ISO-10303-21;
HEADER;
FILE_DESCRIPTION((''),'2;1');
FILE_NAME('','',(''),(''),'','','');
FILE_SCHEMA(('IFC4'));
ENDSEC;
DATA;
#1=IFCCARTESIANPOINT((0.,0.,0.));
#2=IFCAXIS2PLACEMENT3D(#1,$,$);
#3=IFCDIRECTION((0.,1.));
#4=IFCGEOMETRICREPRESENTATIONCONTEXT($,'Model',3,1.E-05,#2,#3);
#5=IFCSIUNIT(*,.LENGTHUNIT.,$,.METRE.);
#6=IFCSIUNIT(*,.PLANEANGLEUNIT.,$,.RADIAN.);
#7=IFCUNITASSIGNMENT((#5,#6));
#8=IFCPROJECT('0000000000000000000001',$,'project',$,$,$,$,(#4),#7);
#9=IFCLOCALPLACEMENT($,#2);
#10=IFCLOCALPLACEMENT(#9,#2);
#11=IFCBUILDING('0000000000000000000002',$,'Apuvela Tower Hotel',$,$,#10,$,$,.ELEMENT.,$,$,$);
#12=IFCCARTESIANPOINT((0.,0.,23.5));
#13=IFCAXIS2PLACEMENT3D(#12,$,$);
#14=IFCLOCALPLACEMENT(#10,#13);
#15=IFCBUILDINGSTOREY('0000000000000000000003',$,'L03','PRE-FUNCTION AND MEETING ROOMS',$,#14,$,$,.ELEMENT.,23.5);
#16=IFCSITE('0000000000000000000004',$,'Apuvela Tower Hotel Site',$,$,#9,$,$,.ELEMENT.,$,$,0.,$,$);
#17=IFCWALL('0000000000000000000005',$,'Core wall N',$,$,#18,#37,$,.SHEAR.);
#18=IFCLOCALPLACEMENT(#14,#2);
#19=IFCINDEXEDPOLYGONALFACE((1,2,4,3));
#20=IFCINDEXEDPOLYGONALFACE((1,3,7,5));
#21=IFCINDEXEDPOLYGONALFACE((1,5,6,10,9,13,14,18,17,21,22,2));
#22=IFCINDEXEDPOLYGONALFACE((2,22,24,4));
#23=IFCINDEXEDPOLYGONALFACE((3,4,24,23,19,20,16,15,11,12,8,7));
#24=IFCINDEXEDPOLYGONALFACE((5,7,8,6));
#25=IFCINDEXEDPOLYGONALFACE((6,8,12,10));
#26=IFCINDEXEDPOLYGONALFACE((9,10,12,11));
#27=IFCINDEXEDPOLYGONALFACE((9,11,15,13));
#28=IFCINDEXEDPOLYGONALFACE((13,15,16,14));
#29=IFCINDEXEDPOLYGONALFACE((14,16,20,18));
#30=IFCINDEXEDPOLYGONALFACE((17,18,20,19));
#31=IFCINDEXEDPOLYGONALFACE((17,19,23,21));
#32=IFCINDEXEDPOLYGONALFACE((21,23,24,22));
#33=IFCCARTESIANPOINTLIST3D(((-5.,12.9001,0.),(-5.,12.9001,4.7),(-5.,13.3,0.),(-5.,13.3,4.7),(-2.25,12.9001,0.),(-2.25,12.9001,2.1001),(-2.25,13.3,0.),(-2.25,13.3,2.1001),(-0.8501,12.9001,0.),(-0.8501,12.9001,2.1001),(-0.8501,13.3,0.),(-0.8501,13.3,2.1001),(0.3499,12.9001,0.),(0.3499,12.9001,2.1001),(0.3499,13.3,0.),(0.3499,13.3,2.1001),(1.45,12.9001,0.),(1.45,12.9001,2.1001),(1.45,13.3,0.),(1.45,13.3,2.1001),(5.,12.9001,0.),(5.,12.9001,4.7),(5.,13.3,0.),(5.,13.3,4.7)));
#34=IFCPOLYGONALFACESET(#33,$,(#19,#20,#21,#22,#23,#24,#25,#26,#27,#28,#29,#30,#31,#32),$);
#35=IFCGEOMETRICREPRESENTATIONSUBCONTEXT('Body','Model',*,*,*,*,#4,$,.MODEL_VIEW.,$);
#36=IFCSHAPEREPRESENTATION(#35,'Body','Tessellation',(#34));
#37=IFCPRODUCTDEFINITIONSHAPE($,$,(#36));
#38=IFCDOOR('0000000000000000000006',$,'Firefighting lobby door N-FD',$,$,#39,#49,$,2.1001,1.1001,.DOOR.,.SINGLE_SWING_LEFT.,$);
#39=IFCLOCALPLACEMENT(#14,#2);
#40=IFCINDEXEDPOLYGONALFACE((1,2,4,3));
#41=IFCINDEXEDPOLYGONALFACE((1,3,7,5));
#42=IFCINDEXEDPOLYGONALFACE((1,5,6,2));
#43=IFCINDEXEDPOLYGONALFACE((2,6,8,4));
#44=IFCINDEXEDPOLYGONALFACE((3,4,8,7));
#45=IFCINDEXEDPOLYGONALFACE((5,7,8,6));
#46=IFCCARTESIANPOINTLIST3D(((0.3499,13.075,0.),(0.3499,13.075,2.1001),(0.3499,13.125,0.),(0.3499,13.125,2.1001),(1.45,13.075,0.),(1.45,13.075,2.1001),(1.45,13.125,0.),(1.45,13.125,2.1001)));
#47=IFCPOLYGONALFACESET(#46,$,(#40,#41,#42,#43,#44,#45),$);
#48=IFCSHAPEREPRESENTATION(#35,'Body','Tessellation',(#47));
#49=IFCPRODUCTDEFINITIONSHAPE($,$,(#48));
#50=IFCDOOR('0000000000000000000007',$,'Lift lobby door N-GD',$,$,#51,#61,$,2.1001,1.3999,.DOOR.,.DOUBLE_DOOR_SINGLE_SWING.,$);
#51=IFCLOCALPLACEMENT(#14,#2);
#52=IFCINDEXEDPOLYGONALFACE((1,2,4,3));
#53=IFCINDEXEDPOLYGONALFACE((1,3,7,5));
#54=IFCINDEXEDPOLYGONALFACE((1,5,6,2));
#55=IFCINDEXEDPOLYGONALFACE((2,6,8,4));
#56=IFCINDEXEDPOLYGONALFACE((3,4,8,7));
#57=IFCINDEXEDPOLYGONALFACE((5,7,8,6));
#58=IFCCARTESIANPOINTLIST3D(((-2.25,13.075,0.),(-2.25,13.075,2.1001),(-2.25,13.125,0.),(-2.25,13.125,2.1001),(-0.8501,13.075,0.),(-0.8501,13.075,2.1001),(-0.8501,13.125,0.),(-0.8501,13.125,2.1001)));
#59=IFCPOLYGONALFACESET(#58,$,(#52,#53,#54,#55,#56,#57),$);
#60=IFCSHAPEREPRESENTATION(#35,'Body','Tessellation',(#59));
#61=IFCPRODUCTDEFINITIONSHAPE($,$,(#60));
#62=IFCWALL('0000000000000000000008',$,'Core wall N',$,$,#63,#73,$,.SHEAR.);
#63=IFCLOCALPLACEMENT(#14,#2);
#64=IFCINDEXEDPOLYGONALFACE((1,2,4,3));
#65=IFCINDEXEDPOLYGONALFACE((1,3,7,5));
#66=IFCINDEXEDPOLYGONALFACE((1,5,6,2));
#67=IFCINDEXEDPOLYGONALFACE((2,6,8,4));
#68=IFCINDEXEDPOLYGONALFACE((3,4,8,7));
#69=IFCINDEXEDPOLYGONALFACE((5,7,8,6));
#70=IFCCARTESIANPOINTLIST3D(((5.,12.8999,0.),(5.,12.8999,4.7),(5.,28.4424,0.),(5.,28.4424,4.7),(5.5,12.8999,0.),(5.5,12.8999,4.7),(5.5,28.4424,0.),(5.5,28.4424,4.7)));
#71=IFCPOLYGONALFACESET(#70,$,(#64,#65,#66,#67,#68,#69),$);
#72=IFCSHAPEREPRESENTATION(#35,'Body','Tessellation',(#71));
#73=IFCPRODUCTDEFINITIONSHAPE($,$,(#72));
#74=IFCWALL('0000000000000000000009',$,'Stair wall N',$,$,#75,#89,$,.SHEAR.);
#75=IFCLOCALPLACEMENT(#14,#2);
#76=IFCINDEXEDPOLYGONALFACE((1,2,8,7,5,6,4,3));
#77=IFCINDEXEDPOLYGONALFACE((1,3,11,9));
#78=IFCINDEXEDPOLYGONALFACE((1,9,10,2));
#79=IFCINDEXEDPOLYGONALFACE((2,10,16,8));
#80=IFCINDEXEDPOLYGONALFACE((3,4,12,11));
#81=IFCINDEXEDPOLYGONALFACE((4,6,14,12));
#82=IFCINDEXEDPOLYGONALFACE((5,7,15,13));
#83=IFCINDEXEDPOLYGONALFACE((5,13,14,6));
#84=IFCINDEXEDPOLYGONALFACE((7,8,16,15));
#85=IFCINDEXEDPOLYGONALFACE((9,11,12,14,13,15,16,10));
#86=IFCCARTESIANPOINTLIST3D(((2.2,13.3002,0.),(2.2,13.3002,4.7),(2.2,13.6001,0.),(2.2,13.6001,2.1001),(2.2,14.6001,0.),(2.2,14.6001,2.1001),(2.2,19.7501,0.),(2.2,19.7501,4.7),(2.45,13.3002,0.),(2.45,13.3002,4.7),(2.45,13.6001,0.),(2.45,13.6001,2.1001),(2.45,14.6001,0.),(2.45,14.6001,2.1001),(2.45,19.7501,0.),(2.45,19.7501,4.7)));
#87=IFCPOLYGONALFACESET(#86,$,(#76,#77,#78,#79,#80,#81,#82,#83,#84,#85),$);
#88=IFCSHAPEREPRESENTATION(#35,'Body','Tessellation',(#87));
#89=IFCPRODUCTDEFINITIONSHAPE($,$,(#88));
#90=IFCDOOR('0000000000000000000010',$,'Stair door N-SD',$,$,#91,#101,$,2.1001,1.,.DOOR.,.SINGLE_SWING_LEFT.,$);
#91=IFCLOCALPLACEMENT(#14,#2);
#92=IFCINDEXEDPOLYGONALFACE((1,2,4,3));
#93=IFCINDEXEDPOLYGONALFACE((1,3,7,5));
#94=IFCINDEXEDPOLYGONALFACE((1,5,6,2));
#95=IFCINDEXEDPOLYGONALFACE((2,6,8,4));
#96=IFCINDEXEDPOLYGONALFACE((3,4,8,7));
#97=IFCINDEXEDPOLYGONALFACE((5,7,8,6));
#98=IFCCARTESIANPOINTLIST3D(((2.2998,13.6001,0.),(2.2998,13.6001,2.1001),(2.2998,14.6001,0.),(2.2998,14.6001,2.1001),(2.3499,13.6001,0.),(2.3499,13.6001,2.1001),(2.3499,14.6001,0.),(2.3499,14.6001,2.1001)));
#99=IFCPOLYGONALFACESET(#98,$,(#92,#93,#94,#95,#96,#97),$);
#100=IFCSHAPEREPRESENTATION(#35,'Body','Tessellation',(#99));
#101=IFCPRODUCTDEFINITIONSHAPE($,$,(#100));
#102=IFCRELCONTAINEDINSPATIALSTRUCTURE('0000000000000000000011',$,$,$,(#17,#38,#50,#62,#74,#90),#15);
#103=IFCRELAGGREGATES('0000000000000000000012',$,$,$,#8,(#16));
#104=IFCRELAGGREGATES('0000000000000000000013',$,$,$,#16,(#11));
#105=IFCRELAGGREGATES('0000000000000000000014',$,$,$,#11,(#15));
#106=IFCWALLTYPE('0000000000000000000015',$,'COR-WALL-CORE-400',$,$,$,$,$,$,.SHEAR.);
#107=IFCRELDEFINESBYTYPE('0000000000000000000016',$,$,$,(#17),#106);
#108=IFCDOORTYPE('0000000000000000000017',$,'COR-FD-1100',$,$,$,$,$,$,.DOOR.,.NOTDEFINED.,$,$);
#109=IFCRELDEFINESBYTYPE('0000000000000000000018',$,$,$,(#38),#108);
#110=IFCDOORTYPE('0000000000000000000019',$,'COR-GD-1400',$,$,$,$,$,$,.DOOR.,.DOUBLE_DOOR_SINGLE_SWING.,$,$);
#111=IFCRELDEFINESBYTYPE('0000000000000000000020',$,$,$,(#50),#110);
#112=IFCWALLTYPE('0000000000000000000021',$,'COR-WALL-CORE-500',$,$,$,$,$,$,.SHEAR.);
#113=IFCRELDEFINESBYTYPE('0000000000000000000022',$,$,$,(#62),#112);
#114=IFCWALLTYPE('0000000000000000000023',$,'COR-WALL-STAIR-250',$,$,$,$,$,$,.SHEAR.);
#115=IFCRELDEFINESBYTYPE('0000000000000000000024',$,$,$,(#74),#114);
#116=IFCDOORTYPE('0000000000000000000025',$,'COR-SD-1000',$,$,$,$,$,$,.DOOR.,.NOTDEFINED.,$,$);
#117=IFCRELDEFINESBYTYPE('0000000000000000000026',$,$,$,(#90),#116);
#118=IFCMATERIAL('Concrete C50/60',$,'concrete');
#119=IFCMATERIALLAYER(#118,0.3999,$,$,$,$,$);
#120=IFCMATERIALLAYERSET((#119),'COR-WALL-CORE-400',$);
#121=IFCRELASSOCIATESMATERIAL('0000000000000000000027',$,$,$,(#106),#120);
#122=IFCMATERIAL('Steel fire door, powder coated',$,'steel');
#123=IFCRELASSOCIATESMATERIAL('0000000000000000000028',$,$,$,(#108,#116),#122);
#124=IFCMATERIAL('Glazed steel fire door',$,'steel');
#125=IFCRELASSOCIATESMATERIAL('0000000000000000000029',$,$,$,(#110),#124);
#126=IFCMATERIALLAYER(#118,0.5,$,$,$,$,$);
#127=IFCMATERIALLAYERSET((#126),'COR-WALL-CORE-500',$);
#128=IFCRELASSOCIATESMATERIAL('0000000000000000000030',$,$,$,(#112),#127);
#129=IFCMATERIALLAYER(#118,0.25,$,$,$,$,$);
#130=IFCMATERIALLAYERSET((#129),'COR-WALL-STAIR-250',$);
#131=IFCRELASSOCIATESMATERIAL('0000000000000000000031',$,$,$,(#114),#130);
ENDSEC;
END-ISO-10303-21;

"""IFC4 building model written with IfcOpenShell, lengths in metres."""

from ifc_helpers import new_model, si_unit, direction, frame, frame_2d, origin, place, context, subcontext, project, spatial, rectangle, extrude, material, layer, layer_set, type_object, element, fill, save


model = new_model("IFC4")

# Units and contexts
model_context = context("Model", 3, precision=1e-05, world=origin(), true_north=direction((0.0, 1.0)))
body_context = subcontext(model_context, "Body", "Model", "MODEL_VIEW")
ifc_project = project(units=[si_unit("LENGTHUNIT", "METRE"), si_unit("PLANEANGLEUNIT", "RADIAN")], contexts=[model_context])

# Site, building, storey
site_placement = place(None, origin())
site = spatial("IfcSite", under=ifc_project, at=site_placement, Name="Apuvela Tower Hotel Site", CompositionType="ELEMENT", RefElevation=0.0)
building_placement = place(site_placement, origin())
building = spatial("IfcBuilding", under=site, at=building_placement, Name="Apuvela Tower Hotel", CompositionType="ELEMENT")
storey_placement = place(building_placement, frame((0.0, 0.0, 23.5)))
storey = spatial("IfcBuildingStorey", under=building, at=storey_placement, Name="L03", Description="PRE-FUNCTION AND MEETING ROOMS", CompositionType="ELEMENT", Elevation=23.5)

# Wall, openings, doors
ifc_material_1 = material(Name="Concrete C50/60", Category="concrete")
ifc_layer_1 = layer(ifc_material_1, 0.3999)
ifc_layer_set_1 = layer_set([ifc_layer_1], Name="COR-WALL-CORE-400")
wall_type_1 = type_object("IfcWallType", Name="COR-WALL-CORE-400", PredefinedType="SHEAR", material=ifc_layer_set_1)
wall_1_placement = place(storey_placement, frame((5.0, 13.1001, 0.0), z_axis=(0.0, 0.0, 1.0), x_axis=(-1.0, 0.0, 0.0)))
wall_1 = element("IfcWall", 1, at=wall_1_placement, inside=storey, type_object=wall_type_1, Name="Core wall N", PredefinedType="SHEAR", context=body_context, shape_type="SweptSolid", body=[
    extrude(rectangle(XDim=10.0, YDim=0.3999, at=frame_2d((5.0, 0.0))), origin(), (0.0, 0.0, 1.0), 4.7),
])
opening_1_placement = place(wall_1_placement, frame((3.55, 0.0, 0.0)))
opening_1 = element("IfcOpeningElement", 2, at=opening_1_placement, cuts=wall_1, PredefinedType="OPENING", context=body_context, shape_type="SweptSolid", body=[
    extrude(rectangle(XDim=1.1001, YDim=2.1001, at=frame_2d((0.55, 1.05))), frame((0.0, 0.21, 0.0), z_axis=(0.0, -1.0, 0.0), x_axis=(1.0, 0.0, 0.0)), (0.0, 0.0, 1.0), 0.4199),
])
opening_2_placement = place(wall_1_placement, frame((5.8501, 0.0, 0.0)))
opening_2 = element("IfcOpeningElement", 3, at=opening_2_placement, cuts=wall_1, PredefinedType="OPENING", context=body_context, shape_type="SweptSolid", body=[
    extrude(rectangle(XDim=1.3999, YDim=2.1001, at=frame_2d((0.7, 1.05))), frame((0.0, 0.21, 0.0), z_axis=(0.0, -1.0, 0.0), x_axis=(1.0, 0.0, 0.0)), (0.0, 0.0, 1.0), 0.4199),
])
ifc_material_2 = material(Name="Steel fire door, powder coated", Category="steel")
door_type_1 = type_object("IfcDoorType", Name="COR-FD-1100", OperationType="NOTDEFINED", PredefinedType="DOOR", material=ifc_material_2)
door_1_placement = place(opening_1_placement, frame((1.1001, 0.0, 0.0), z_axis=(0.0, 0.0, 1.0), x_axis=(-1.0, 0.0, 0.0)))
door_1 = element("IfcDoor", 4, at=door_1_placement, inside=storey, type_object=door_type_1, Name="Firefighting lobby door N-FD", OperationType="SINGLE_SWING_LEFT", OverallHeight=2.1001, OverallWidth=1.1001, PredefinedType="DOOR", context=body_context, shape_type="SweptSolid", body=[
    extrude(rectangle(XDim=1.1001, YDim=2.1001, at=frame_2d((0.55, 1.05))), frame((0.0, 0.0249, 0.0), z_axis=(0.0, -1.0, 0.0), x_axis=(1.0, 0.0, 0.0)), (0.0, 0.0, 1.0), 0.05),
])
fill(opening_1, door_1)
ifc_material_3 = material(Name="Glazed steel fire door", Category="steel")
door_type_2 = type_object("IfcDoorType", Name="COR-GD-1400", OperationType="DOUBLE_DOOR_SINGLE_SWING", PredefinedType="DOOR", material=ifc_material_3)
door_2_placement = place(opening_2_placement, frame((1.3999, 0.0, 0.0), z_axis=(0.0, 0.0, 1.0), x_axis=(-1.0, 0.0, 0.0)))
door_2 = element("IfcDoor", 5, at=door_2_placement, inside=storey, type_object=door_type_2, Name="Lift lobby door N-GD", OperationType="DOUBLE_DOOR_SINGLE_SWING", OverallHeight=2.1001, OverallWidth=1.3999, PredefinedType="DOOR", context=body_context, shape_type="SweptSolid", body=[
    extrude(rectangle(XDim=1.3999, YDim=2.1001, at=frame_2d((0.7, 1.05))), frame((0.0, 0.0249, 0.0), z_axis=(0.0, -1.0, 0.0), x_axis=(1.0, 0.0, 0.0)), (0.0, 0.0, 1.0), 0.05),
])
fill(opening_2, door_2)

# Wall
ifc_layer_2 = layer(ifc_material_1, 0.5)
ifc_layer_set_2 = layer_set([ifc_layer_2], Name="COR-WALL-CORE-500")
wall_type_2 = type_object("IfcWallType", Name="COR-WALL-CORE-500", PredefinedType="SHEAR", material=ifc_layer_set_2)
wall_2_placement = place(storey_placement, frame((5.25, 12.8999, 0.0), z_axis=(0.0, 0.0, 1.0), x_axis=(0.0, 1.0, 0.0)))
element("IfcWall", 6, at=wall_2_placement, inside=storey, type_object=wall_type_2, Name="Core wall N", PredefinedType="SHEAR", context=body_context, shape_type="SweptSolid", body=[
    extrude(rectangle(XDim=15.5425, YDim=0.5, at=frame_2d((7.7712, 0.0))), origin(), (0.0, 0.0, 1.0), 4.7),
])

# Wall, opening, door
ifc_layer_3 = layer(ifc_material_1, 0.25)
ifc_layer_set_3 = layer_set([ifc_layer_3], Name="COR-WALL-STAIR-250")
wall_type_3 = type_object("IfcWallType", Name="COR-WALL-STAIR-250", PredefinedType="SHEAR", material=ifc_layer_set_3)
wall_3_placement = place(storey_placement, frame((2.325, 13.3, 0.0), z_axis=(0.0, 0.0, 1.0), x_axis=(0.0, 1.0, 0.0)))
wall_3 = element("IfcWall", 7, at=wall_3_placement, inside=storey, type_object=wall_type_3, Name="Stair wall N", PredefinedType="SHEAR", context=body_context, shape_type="SweptSolid", body=[
    extrude(rectangle(XDim=6.45, YDim=0.25, at=frame_2d((3.2251, 0.0))), origin(), (0.0, 0.0, 1.0), 4.7),
])
opening_3_placement = place(wall_3_placement, frame((0.3, 0.0, 0.0)))
opening_3 = element("IfcOpeningElement", 8, at=opening_3_placement, cuts=wall_3, PredefinedType="OPENING", context=body_context, shape_type="SweptSolid", body=[
    extrude(rectangle(XDim=1.0, YDim=2.1001, at=frame_2d((0.5, 1.05))), frame((0.0, 0.135, 0.0), z_axis=(0.0, -1.0, 0.0), x_axis=(1.0, 0.0, 0.0)), (0.0, 0.0, 1.0), 0.27),
])
door_type_3 = type_object("IfcDoorType", Name="COR-SD-1000", OperationType="NOTDEFINED", PredefinedType="DOOR", material=ifc_material_2)
door_3_placement = place(opening_3_placement, frame((1.0, 0.0, 0.0), z_axis=(0.0, 0.0, 1.0), x_axis=(-1.0, 0.0, 0.0)))
door_3 = element("IfcDoor", 9, at=door_3_placement, inside=storey, type_object=door_type_3, Name="Stair door N-SD", OperationType="SINGLE_SWING_LEFT", OverallHeight=2.1001, OverallWidth=1.0, PredefinedType="DOOR", context=body_context, shape_type="SweptSolid", body=[
    extrude(rectangle(XDim=1.0, YDim=2.1001, at=frame_2d((0.5, 1.05))), frame((0.0, 0.0249, 0.0), z_axis=(0.0, -1.0, 0.0), x_axis=(1.0, 0.0, 0.0)), (0.0, 0.0, 1.0), 0.05),
])
fill(opening_3, door_3)

save(model, "model.ifc")
